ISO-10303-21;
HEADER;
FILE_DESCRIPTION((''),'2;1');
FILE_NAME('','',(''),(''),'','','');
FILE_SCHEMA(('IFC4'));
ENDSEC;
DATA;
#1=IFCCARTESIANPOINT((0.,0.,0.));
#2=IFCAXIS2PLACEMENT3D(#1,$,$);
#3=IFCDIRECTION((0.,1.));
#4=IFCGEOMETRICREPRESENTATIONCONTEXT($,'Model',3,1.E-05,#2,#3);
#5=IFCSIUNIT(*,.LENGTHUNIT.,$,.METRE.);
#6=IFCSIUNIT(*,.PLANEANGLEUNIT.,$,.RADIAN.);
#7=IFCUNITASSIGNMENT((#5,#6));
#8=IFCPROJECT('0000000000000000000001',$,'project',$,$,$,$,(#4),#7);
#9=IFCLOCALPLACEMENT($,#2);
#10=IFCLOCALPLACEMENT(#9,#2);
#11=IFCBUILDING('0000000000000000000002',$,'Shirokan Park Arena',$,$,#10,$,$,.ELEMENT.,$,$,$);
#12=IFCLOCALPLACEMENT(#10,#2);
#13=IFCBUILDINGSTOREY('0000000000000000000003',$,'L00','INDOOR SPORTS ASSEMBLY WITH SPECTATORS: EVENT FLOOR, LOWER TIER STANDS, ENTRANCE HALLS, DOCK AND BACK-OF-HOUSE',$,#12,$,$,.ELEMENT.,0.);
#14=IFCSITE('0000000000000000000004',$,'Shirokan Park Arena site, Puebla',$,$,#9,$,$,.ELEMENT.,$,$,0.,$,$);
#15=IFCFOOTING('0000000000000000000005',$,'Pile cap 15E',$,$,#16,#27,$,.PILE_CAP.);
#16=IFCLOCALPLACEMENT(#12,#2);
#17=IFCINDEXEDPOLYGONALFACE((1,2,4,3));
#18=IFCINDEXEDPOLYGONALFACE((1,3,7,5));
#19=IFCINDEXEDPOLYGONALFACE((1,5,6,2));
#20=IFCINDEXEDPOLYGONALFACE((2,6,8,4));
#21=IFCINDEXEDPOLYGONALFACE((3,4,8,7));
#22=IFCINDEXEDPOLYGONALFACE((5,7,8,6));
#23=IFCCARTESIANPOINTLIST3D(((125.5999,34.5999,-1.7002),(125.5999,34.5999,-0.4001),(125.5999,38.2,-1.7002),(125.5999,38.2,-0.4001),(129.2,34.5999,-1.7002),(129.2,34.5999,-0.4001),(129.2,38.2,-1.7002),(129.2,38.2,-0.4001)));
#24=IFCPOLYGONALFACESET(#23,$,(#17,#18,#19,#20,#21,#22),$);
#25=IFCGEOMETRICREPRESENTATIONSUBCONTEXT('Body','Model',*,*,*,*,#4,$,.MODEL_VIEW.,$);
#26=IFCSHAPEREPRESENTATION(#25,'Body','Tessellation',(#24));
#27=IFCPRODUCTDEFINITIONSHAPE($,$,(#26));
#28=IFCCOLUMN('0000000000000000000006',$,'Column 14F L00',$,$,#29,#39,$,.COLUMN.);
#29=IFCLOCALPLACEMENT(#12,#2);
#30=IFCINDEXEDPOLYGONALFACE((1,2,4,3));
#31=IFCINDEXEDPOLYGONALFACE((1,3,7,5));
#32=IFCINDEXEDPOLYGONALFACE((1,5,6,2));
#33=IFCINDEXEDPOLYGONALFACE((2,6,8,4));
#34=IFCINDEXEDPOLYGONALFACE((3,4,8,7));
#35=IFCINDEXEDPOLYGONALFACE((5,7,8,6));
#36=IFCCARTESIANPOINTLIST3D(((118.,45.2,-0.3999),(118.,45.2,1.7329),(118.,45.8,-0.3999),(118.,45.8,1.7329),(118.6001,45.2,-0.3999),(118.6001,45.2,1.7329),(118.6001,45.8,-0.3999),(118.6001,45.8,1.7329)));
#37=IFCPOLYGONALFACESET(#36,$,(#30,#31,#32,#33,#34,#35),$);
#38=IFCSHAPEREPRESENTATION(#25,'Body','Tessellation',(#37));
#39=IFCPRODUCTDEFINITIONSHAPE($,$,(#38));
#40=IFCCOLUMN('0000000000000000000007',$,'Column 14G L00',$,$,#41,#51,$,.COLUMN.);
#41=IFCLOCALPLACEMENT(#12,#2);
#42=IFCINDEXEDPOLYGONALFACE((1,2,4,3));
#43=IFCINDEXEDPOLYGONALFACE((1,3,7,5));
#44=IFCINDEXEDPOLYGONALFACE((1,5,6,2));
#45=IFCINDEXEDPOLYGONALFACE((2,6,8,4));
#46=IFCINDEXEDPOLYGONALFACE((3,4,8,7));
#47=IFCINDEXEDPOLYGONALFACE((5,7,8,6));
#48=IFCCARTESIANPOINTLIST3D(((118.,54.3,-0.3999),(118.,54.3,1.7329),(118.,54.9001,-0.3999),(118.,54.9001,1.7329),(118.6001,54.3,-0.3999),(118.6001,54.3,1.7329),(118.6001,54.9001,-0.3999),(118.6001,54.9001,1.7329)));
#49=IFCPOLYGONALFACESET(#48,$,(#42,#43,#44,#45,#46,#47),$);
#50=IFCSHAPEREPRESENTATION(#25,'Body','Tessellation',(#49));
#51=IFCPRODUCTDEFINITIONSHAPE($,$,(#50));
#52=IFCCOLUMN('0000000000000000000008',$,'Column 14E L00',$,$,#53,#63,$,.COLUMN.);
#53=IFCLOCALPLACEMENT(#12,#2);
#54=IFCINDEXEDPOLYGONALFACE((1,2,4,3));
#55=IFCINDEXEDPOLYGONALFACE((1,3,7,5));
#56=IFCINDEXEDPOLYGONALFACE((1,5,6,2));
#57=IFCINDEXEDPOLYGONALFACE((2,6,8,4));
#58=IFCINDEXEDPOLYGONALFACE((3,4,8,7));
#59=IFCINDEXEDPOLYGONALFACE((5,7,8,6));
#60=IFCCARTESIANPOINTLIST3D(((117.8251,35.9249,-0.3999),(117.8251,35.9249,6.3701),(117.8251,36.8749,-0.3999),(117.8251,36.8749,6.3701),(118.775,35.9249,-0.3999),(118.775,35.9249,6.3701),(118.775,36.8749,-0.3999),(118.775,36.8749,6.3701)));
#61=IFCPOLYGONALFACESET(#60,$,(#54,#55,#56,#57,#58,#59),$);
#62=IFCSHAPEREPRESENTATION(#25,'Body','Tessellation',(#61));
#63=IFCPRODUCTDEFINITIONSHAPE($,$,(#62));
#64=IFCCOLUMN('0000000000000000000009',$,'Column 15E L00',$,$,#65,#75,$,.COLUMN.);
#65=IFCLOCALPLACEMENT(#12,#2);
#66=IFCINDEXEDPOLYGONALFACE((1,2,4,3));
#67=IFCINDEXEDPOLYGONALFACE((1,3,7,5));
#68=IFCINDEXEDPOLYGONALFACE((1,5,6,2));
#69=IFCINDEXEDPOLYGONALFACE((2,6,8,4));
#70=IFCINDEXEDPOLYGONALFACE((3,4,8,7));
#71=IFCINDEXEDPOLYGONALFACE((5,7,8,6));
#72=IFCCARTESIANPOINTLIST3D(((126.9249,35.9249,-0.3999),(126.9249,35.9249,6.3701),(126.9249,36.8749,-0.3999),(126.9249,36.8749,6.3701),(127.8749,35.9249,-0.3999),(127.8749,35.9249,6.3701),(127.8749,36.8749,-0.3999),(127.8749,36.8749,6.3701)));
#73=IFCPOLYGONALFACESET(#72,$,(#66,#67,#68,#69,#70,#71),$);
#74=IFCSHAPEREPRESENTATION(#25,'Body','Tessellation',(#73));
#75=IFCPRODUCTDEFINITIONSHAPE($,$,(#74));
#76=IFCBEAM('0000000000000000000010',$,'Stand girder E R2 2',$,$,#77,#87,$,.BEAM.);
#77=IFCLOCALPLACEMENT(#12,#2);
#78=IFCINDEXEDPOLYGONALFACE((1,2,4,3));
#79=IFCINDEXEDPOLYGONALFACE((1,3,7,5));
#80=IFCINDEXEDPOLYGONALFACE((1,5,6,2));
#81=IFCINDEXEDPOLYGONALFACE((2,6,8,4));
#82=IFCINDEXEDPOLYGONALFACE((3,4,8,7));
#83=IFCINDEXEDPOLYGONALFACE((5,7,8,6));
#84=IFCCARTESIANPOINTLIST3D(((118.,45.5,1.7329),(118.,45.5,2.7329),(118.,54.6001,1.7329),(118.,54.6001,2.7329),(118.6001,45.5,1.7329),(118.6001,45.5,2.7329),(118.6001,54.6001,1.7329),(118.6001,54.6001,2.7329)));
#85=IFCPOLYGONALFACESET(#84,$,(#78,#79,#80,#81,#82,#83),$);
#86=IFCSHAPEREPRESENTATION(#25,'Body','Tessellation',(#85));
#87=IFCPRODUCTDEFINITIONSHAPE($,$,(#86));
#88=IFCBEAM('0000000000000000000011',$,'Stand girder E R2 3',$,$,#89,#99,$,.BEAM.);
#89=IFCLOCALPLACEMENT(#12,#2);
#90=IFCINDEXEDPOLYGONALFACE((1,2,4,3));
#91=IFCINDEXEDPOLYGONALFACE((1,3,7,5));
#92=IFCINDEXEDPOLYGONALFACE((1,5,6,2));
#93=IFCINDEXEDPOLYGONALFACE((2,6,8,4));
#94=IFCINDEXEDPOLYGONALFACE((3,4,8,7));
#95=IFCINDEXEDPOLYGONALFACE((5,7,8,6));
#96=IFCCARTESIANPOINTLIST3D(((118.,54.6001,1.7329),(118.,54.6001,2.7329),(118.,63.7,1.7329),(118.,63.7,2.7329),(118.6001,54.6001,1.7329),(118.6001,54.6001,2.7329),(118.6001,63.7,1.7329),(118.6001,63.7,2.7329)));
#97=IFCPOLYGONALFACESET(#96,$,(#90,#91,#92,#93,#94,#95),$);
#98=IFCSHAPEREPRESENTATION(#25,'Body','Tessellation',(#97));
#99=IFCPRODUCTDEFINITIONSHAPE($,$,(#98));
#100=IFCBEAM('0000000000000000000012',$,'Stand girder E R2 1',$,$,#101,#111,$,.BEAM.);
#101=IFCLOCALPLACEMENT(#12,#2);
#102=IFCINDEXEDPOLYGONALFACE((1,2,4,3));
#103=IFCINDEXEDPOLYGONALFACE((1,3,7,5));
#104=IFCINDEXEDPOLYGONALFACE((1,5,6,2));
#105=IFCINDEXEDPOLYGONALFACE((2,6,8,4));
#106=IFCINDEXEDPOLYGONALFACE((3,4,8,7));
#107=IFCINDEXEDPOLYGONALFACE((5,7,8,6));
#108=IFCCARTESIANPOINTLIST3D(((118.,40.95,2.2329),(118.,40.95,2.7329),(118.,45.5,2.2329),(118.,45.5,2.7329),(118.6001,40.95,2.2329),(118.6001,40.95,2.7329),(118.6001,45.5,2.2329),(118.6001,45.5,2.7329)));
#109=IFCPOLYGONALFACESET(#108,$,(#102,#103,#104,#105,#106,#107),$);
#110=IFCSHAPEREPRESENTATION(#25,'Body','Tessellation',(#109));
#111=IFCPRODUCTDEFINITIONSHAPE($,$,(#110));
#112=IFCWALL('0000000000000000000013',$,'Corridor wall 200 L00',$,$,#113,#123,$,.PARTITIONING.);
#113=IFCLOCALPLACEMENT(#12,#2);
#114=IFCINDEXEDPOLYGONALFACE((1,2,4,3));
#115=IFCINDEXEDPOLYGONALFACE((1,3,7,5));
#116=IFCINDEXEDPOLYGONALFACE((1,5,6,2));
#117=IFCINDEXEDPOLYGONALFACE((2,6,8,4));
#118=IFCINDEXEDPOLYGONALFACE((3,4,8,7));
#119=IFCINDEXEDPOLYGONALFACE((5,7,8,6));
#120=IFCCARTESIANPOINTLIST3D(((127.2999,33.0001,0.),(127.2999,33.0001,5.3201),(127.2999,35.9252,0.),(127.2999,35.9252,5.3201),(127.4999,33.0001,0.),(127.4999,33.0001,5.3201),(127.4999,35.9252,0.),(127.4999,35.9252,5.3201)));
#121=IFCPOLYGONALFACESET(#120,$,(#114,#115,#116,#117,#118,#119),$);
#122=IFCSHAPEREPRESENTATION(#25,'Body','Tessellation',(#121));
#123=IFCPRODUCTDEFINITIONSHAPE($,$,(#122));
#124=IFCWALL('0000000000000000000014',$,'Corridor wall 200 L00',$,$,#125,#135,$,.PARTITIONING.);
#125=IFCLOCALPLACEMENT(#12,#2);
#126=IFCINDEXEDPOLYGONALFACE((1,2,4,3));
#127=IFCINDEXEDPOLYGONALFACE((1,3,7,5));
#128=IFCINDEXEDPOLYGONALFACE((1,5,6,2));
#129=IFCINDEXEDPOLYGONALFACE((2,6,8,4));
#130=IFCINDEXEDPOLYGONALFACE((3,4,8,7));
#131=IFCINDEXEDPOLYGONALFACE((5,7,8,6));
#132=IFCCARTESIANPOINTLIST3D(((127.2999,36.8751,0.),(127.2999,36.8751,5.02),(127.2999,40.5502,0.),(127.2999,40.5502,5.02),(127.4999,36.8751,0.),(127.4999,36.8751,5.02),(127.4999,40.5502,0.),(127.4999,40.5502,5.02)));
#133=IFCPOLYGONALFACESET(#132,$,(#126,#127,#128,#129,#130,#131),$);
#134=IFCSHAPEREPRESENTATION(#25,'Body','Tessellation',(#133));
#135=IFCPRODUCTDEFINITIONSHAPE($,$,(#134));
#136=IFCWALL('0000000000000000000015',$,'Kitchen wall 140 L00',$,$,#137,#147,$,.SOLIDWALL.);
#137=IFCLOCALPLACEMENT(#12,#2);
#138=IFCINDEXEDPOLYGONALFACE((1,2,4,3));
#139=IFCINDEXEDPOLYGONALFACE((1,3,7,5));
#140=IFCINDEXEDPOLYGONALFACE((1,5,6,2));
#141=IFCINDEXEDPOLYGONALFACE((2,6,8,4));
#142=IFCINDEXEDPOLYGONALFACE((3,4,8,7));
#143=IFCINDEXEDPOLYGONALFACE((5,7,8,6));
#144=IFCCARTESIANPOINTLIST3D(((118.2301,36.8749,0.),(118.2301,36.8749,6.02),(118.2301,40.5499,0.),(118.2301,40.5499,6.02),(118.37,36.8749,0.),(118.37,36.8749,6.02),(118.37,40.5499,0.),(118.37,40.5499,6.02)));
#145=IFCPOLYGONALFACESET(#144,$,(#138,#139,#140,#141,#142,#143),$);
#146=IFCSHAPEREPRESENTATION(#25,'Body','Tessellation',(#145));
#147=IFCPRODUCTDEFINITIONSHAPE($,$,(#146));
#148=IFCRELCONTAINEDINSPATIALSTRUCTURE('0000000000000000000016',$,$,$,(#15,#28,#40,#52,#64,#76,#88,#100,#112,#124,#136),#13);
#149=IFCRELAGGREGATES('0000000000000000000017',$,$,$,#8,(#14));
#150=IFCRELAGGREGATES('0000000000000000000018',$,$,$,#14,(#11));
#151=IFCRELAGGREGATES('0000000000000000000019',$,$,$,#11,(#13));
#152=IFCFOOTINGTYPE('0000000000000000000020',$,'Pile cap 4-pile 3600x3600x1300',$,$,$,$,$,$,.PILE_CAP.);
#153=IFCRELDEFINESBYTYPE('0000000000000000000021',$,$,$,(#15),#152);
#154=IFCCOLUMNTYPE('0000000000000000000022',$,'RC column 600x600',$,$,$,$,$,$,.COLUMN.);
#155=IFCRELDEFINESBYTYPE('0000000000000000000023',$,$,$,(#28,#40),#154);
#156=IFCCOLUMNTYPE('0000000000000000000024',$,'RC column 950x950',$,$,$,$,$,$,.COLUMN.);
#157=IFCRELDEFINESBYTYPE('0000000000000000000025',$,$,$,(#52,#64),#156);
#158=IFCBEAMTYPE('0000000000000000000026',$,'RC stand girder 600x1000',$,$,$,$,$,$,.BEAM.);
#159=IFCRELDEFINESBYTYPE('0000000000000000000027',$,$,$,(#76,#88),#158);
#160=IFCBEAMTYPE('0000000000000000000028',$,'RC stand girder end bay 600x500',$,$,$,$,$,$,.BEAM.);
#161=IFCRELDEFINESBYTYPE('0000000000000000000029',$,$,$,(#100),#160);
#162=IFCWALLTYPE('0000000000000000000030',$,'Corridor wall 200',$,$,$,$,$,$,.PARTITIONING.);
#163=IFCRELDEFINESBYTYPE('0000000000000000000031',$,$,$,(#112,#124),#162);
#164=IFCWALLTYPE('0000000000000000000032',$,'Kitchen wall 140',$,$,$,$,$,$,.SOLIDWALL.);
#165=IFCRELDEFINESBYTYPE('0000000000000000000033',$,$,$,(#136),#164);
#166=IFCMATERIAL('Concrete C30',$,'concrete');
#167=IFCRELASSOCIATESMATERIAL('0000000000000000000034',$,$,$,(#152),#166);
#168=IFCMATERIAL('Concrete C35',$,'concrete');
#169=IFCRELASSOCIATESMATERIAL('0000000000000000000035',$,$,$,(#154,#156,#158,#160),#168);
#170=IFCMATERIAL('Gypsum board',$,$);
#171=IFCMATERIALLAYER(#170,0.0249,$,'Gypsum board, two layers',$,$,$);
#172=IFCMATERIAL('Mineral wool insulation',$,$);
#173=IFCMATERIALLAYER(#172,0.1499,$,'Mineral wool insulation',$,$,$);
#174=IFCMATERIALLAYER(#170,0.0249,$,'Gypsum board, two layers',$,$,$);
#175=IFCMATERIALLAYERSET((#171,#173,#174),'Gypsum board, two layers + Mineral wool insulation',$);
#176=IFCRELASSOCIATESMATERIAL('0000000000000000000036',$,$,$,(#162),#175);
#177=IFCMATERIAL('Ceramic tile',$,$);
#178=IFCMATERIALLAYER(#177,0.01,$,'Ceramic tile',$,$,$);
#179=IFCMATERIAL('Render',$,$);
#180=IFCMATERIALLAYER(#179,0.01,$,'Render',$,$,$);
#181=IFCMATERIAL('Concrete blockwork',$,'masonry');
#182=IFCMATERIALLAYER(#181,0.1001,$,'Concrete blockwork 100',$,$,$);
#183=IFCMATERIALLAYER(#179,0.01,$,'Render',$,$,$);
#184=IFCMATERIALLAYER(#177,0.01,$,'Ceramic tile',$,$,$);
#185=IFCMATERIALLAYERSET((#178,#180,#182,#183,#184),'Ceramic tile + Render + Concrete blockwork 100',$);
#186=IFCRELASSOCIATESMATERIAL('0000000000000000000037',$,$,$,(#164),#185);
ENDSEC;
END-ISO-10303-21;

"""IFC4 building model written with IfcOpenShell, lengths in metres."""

from ifc_helpers import new_model, si_unit, direction, frame, frame_2d, origin, origin_2d, place, context, subcontext, project, spatial, rectangle, extrude, material, layer, layer_set, material_profile, profile_set, type_object, element, save


model = new_model("IFC4")

# Units and contexts
model_context = context("Model", 3, precision=1e-05, world=origin(), true_north=direction((0.0, 1.0)))
body_context = subcontext(model_context, "Body", "Model", "MODEL_VIEW")
ifc_project = project(units=[si_unit("LENGTHUNIT", "METRE"), si_unit("PLANEANGLEUNIT", "RADIAN")], contexts=[model_context])

# Site, building, storey
site_placement = place(None, origin())
site = spatial("IfcSite", under=ifc_project, at=site_placement, Name="Shirokan Park Arena site, Puebla", CompositionType="ELEMENT", RefElevation=0.0)
building_placement = place(site_placement, origin())
building = spatial("IfcBuilding", under=site, at=building_placement, Name="Shirokan Park Arena", CompositionType="ELEMENT")
storey_placement = place(building_placement, origin())
storey = spatial("IfcBuildingStorey", under=building, at=storey_placement, Name="L00", Description="INDOOR SPORTS ASSEMBLY WITH SPECTATORS: EVENT FLOOR, LOWER TIER STANDS, ENTRANCE HALLS, DOCK AND BACK-OF-HOUSE", CompositionType="ELEMENT", Elevation=0.0)

# Shared definitions
ifc_material_1 = material(Name="Concrete C30", Category="concrete")

# Footing
footing_type_1 = type_object("IfcFootingType", Name="Pile cap 4-pile 3600x3600x1300", PredefinedType="PILE_CAP", material=ifc_material_1)
for number, where, z_axis, x_axis, name in (
    (1, (127.3999, 36.3999, -1.7002), (0.0, 0.0, 1.0), (1.0, 0.0, 0.0), "Pile cap 15E"),
):
    element("IfcFooting", number, at=place(storey_placement, frame(where, z_axis=z_axis, x_axis=x_axis)), inside=storey, type_object=footing_type_1, Name=name, PredefinedType="PILE_CAP", context=body_context, shape_type="SweptSolid", body=[
        extrude(rectangle(XDim=3.6001, YDim=3.6001, at=origin_2d()), origin(), (0.0, 0.0, 1.0), 1.3),
    ])

# Columns
ifc_material_2 = material(Name="Concrete C35", Category="concrete")
ifc_material_profile_1 = material_profile(ifc_material_2, rectangle(XDim=0.6001, YDim=0.6001, at=origin_2d()), Name="600x600")
ifc_profile_set_1 = profile_set([ifc_material_profile_1], Name="Concrete C35")
column_type_1 = type_object("IfcColumnType", Name="RC column 600x600", PredefinedType="COLUMN", material=ifc_profile_set_1)
for number, where, z_axis, x_axis, name in (
    (2, (118.3, 45.5, -0.3999), (0.0, 0.0, 1.0), (1.0, 0.0, 0.0), "Column 14F L00"),
    (3, (118.3, 54.6001, -0.3999), (0.0, 0.0, 1.0), (1.0, 0.0, 0.0), "Column 14G L00"),
):
    element("IfcColumn", number, at=place(storey_placement, frame(where, z_axis=z_axis, x_axis=x_axis)), inside=storey, type_object=column_type_1, Name=name, PredefinedType="COLUMN", context=body_context, shape_type="SweptSolid", body=[
        extrude(rectangle(XDim=0.6001, YDim=0.6001, at=origin_2d()), origin(), (0.0, 0.0, 1.0), 2.1328),
    ])
ifc_material_profile_2 = material_profile(ifc_material_2, rectangle(XDim=0.95, YDim=0.95, at=origin_2d()), Name="950x950")
ifc_profile_set_2 = profile_set([ifc_material_profile_2], Name="Concrete C35")
column_type_2 = type_object("IfcColumnType", Name="RC column 950x950", PredefinedType="COLUMN", material=ifc_profile_set_2)
for number, where, z_axis, x_axis, name in (
    (4, (118.3, 36.3999, -0.3999), (0.0, 0.0, 1.0), (1.0, 0.0, 0.0), "Column 14E L00"),
    (5, (127.3999, 36.3999, -0.3999), (0.0, 0.0, 1.0), (1.0, 0.0, 0.0), "Column 15E L00"),
):
    element("IfcColumn", number, at=place(storey_placement, frame(where, z_axis=z_axis, x_axis=x_axis)), inside=storey, type_object=column_type_2, Name=name, PredefinedType="COLUMN", context=body_context, shape_type="SweptSolid", body=[
        extrude(rectangle(XDim=0.95, YDim=0.95, at=origin_2d()), origin(), (0.0, 0.0, 1.0), 6.77),
    ])

# Beams
ifc_material_profile_3 = material_profile(ifc_material_2, rectangle(XDim=0.6001, YDim=1.0, at=origin_2d()), Name="600x1000")
ifc_profile_set_3 = profile_set([ifc_material_profile_3], Name="Concrete C35")
beam_type_1 = type_object("IfcBeamType", Name="RC stand girder 600x1000", PredefinedType="BEAM", material=ifc_profile_set_3)
beam_1_placement = place(storey_placement, frame((118.3, 45.5, 2.2329), z_axis=(0.0, 1.0, 0.0), x_axis=(-1.0, 0.0, 0.0)))
element("IfcBeam", 6, at=beam_1_placement, inside=storey, type_object=beam_type_1, Name="Stand girder E R2 2", PredefinedType="BEAM", context=body_context, shape_type="SweptSolid", body=[
    extrude(rectangle(XDim=0.6001, YDim=1.0, at=origin_2d()), origin(), (0.0, 0.0, 1.0), 9.1001),
])
beam_2_placement = place(storey_placement, frame((118.3, 54.6001, 2.2329), z_axis=(0.0, 1.0, 0.0), x_axis=(-1.0, 0.0, 0.0)))
element("IfcBeam", 7, at=beam_2_placement, inside=storey, type_object=beam_type_1, Name="Stand girder E R2 3", PredefinedType="BEAM", context=body_context, shape_type="SweptSolid", body=[
    extrude(rectangle(XDim=0.6001, YDim=1.0, at=origin_2d()), origin(), (0.0, 0.0, 1.0), 9.0999),
])
ifc_material_profile_4 = material_profile(ifc_material_2, rectangle(XDim=0.6001, YDim=0.5, at=origin_2d()), Name="600x500")
ifc_profile_set_4 = profile_set([ifc_material_profile_4], Name="Concrete C35")
beam_type_2 = type_object("IfcBeamType", Name="RC stand girder end bay 600x500", PredefinedType="BEAM", material=ifc_profile_set_4)
beam_3_placement = place(storey_placement, frame((118.3, 40.95, 2.4829), z_axis=(0.0, 1.0, 0.0), x_axis=(-1.0, 0.0, 0.0)))
element("IfcBeam", 8, at=beam_3_placement, inside=storey, type_object=beam_type_2, Name="Stand girder E R2 1", PredefinedType="BEAM", context=body_context, shape_type="SweptSolid", body=[
    extrude(rectangle(XDim=0.6001, YDim=0.5, at=origin_2d()), origin(), (0.0, 0.0, 1.0), 4.55),
])

# Shared definitions
ifc_material_3 = material(Name="Gypsum board")
ifc_layer_1 = layer(ifc_material_3, 0.0249, Name="Gypsum board, two layers")
ifc_material_4 = material(Name="Mineral wool insulation")
ifc_layer_2 = layer(ifc_material_4, 0.1499, Name="Mineral wool insulation")
ifc_layer_3 = layer(ifc_material_3, 0.0249, Name="Gypsum board, two layers")
ifc_layer_set_1 = layer_set([ifc_layer_1, ifc_layer_2, ifc_layer_3], Name="Gypsum board, two layers + Mineral wool insulation")
wall_type_1 = type_object("IfcWallType", Name="Corridor wall 200", PredefinedType="PARTITIONING", material=ifc_layer_set_1)

# Walls
wall_1_placement = place(storey_placement, frame((127.3999, 35.925, 0.0), z_axis=(0.0, 0.0, 1.0), x_axis=(0.0, -1.0, 0.0)))
element("IfcWall", 9, at=wall_1_placement, inside=storey, type_object=wall_type_1, Name="Corridor wall 200 L00", PredefinedType="PARTITIONING", context=body_context, shape_type="SweptSolid", body=[
    extrude(rectangle(XDim=2.925, YDim=0.2, at=frame_2d((1.4624, 0.0))), origin(), (0.0, 0.0, 1.0), 5.3201),
])
wall_2_placement = place(storey_placement, frame((127.3999, 40.55, 0.0), z_axis=(0.0, 0.0, 1.0), x_axis=(0.0, -1.0, 0.0)))
element("IfcWall", 10, at=wall_2_placement, inside=storey, type_object=wall_type_1, Name="Corridor wall 200 L00", PredefinedType="PARTITIONING", context=body_context, shape_type="SweptSolid", body=[
    extrude(rectangle(XDim=3.675, YDim=0.2, at=frame_2d((1.8374, 0.0))), origin(), (0.0, 0.0, 1.0), 5.02),
])
ifc_material_5 = material(Name="Ceramic tile")
ifc_layer_4 = layer(ifc_material_5, 0.01, Name="Ceramic tile")
ifc_material_6 = material(Name="Render")
ifc_layer_5 = layer(ifc_material_6, 0.01, Name="Render")
ifc_material_7 = material(Name="Concrete blockwork", Category="masonry")
ifc_layer_6 = layer(ifc_material_7, 0.1001, Name="Concrete blockwork 100")
ifc_layer_7 = layer(ifc_material_6, 0.01, Name="Render")
ifc_layer_8 = layer(ifc_material_5, 0.01, Name="Ceramic tile")
ifc_layer_set_2 = layer_set([ifc_layer_4, ifc_layer_5, ifc_layer_6, ifc_layer_7, ifc_layer_8], Name="Ceramic tile + Render + Concrete blockwork 100")
wall_type_2 = type_object("IfcWallType", Name="Kitchen wall 140", PredefinedType="SOLIDWALL", material=ifc_layer_set_2)
wall_3_placement = place(storey_placement, frame((118.3, 36.875, 0.0), z_axis=(0.0, 0.0, 1.0), x_axis=(0.0, 1.0, 0.0)))
element("IfcWall", 11, at=wall_3_placement, inside=storey, type_object=wall_type_2, Name="Kitchen wall 140 L00", PredefinedType="SOLIDWALL", context=body_context, shape_type="SweptSolid", body=[
    extrude(rectangle(XDim=3.675, YDim=0.1399, at=frame_2d((1.8374, 0.0))), origin(), (0.0, 0.0, 1.0), 6.02),
])

save(model, "model.ifc")
